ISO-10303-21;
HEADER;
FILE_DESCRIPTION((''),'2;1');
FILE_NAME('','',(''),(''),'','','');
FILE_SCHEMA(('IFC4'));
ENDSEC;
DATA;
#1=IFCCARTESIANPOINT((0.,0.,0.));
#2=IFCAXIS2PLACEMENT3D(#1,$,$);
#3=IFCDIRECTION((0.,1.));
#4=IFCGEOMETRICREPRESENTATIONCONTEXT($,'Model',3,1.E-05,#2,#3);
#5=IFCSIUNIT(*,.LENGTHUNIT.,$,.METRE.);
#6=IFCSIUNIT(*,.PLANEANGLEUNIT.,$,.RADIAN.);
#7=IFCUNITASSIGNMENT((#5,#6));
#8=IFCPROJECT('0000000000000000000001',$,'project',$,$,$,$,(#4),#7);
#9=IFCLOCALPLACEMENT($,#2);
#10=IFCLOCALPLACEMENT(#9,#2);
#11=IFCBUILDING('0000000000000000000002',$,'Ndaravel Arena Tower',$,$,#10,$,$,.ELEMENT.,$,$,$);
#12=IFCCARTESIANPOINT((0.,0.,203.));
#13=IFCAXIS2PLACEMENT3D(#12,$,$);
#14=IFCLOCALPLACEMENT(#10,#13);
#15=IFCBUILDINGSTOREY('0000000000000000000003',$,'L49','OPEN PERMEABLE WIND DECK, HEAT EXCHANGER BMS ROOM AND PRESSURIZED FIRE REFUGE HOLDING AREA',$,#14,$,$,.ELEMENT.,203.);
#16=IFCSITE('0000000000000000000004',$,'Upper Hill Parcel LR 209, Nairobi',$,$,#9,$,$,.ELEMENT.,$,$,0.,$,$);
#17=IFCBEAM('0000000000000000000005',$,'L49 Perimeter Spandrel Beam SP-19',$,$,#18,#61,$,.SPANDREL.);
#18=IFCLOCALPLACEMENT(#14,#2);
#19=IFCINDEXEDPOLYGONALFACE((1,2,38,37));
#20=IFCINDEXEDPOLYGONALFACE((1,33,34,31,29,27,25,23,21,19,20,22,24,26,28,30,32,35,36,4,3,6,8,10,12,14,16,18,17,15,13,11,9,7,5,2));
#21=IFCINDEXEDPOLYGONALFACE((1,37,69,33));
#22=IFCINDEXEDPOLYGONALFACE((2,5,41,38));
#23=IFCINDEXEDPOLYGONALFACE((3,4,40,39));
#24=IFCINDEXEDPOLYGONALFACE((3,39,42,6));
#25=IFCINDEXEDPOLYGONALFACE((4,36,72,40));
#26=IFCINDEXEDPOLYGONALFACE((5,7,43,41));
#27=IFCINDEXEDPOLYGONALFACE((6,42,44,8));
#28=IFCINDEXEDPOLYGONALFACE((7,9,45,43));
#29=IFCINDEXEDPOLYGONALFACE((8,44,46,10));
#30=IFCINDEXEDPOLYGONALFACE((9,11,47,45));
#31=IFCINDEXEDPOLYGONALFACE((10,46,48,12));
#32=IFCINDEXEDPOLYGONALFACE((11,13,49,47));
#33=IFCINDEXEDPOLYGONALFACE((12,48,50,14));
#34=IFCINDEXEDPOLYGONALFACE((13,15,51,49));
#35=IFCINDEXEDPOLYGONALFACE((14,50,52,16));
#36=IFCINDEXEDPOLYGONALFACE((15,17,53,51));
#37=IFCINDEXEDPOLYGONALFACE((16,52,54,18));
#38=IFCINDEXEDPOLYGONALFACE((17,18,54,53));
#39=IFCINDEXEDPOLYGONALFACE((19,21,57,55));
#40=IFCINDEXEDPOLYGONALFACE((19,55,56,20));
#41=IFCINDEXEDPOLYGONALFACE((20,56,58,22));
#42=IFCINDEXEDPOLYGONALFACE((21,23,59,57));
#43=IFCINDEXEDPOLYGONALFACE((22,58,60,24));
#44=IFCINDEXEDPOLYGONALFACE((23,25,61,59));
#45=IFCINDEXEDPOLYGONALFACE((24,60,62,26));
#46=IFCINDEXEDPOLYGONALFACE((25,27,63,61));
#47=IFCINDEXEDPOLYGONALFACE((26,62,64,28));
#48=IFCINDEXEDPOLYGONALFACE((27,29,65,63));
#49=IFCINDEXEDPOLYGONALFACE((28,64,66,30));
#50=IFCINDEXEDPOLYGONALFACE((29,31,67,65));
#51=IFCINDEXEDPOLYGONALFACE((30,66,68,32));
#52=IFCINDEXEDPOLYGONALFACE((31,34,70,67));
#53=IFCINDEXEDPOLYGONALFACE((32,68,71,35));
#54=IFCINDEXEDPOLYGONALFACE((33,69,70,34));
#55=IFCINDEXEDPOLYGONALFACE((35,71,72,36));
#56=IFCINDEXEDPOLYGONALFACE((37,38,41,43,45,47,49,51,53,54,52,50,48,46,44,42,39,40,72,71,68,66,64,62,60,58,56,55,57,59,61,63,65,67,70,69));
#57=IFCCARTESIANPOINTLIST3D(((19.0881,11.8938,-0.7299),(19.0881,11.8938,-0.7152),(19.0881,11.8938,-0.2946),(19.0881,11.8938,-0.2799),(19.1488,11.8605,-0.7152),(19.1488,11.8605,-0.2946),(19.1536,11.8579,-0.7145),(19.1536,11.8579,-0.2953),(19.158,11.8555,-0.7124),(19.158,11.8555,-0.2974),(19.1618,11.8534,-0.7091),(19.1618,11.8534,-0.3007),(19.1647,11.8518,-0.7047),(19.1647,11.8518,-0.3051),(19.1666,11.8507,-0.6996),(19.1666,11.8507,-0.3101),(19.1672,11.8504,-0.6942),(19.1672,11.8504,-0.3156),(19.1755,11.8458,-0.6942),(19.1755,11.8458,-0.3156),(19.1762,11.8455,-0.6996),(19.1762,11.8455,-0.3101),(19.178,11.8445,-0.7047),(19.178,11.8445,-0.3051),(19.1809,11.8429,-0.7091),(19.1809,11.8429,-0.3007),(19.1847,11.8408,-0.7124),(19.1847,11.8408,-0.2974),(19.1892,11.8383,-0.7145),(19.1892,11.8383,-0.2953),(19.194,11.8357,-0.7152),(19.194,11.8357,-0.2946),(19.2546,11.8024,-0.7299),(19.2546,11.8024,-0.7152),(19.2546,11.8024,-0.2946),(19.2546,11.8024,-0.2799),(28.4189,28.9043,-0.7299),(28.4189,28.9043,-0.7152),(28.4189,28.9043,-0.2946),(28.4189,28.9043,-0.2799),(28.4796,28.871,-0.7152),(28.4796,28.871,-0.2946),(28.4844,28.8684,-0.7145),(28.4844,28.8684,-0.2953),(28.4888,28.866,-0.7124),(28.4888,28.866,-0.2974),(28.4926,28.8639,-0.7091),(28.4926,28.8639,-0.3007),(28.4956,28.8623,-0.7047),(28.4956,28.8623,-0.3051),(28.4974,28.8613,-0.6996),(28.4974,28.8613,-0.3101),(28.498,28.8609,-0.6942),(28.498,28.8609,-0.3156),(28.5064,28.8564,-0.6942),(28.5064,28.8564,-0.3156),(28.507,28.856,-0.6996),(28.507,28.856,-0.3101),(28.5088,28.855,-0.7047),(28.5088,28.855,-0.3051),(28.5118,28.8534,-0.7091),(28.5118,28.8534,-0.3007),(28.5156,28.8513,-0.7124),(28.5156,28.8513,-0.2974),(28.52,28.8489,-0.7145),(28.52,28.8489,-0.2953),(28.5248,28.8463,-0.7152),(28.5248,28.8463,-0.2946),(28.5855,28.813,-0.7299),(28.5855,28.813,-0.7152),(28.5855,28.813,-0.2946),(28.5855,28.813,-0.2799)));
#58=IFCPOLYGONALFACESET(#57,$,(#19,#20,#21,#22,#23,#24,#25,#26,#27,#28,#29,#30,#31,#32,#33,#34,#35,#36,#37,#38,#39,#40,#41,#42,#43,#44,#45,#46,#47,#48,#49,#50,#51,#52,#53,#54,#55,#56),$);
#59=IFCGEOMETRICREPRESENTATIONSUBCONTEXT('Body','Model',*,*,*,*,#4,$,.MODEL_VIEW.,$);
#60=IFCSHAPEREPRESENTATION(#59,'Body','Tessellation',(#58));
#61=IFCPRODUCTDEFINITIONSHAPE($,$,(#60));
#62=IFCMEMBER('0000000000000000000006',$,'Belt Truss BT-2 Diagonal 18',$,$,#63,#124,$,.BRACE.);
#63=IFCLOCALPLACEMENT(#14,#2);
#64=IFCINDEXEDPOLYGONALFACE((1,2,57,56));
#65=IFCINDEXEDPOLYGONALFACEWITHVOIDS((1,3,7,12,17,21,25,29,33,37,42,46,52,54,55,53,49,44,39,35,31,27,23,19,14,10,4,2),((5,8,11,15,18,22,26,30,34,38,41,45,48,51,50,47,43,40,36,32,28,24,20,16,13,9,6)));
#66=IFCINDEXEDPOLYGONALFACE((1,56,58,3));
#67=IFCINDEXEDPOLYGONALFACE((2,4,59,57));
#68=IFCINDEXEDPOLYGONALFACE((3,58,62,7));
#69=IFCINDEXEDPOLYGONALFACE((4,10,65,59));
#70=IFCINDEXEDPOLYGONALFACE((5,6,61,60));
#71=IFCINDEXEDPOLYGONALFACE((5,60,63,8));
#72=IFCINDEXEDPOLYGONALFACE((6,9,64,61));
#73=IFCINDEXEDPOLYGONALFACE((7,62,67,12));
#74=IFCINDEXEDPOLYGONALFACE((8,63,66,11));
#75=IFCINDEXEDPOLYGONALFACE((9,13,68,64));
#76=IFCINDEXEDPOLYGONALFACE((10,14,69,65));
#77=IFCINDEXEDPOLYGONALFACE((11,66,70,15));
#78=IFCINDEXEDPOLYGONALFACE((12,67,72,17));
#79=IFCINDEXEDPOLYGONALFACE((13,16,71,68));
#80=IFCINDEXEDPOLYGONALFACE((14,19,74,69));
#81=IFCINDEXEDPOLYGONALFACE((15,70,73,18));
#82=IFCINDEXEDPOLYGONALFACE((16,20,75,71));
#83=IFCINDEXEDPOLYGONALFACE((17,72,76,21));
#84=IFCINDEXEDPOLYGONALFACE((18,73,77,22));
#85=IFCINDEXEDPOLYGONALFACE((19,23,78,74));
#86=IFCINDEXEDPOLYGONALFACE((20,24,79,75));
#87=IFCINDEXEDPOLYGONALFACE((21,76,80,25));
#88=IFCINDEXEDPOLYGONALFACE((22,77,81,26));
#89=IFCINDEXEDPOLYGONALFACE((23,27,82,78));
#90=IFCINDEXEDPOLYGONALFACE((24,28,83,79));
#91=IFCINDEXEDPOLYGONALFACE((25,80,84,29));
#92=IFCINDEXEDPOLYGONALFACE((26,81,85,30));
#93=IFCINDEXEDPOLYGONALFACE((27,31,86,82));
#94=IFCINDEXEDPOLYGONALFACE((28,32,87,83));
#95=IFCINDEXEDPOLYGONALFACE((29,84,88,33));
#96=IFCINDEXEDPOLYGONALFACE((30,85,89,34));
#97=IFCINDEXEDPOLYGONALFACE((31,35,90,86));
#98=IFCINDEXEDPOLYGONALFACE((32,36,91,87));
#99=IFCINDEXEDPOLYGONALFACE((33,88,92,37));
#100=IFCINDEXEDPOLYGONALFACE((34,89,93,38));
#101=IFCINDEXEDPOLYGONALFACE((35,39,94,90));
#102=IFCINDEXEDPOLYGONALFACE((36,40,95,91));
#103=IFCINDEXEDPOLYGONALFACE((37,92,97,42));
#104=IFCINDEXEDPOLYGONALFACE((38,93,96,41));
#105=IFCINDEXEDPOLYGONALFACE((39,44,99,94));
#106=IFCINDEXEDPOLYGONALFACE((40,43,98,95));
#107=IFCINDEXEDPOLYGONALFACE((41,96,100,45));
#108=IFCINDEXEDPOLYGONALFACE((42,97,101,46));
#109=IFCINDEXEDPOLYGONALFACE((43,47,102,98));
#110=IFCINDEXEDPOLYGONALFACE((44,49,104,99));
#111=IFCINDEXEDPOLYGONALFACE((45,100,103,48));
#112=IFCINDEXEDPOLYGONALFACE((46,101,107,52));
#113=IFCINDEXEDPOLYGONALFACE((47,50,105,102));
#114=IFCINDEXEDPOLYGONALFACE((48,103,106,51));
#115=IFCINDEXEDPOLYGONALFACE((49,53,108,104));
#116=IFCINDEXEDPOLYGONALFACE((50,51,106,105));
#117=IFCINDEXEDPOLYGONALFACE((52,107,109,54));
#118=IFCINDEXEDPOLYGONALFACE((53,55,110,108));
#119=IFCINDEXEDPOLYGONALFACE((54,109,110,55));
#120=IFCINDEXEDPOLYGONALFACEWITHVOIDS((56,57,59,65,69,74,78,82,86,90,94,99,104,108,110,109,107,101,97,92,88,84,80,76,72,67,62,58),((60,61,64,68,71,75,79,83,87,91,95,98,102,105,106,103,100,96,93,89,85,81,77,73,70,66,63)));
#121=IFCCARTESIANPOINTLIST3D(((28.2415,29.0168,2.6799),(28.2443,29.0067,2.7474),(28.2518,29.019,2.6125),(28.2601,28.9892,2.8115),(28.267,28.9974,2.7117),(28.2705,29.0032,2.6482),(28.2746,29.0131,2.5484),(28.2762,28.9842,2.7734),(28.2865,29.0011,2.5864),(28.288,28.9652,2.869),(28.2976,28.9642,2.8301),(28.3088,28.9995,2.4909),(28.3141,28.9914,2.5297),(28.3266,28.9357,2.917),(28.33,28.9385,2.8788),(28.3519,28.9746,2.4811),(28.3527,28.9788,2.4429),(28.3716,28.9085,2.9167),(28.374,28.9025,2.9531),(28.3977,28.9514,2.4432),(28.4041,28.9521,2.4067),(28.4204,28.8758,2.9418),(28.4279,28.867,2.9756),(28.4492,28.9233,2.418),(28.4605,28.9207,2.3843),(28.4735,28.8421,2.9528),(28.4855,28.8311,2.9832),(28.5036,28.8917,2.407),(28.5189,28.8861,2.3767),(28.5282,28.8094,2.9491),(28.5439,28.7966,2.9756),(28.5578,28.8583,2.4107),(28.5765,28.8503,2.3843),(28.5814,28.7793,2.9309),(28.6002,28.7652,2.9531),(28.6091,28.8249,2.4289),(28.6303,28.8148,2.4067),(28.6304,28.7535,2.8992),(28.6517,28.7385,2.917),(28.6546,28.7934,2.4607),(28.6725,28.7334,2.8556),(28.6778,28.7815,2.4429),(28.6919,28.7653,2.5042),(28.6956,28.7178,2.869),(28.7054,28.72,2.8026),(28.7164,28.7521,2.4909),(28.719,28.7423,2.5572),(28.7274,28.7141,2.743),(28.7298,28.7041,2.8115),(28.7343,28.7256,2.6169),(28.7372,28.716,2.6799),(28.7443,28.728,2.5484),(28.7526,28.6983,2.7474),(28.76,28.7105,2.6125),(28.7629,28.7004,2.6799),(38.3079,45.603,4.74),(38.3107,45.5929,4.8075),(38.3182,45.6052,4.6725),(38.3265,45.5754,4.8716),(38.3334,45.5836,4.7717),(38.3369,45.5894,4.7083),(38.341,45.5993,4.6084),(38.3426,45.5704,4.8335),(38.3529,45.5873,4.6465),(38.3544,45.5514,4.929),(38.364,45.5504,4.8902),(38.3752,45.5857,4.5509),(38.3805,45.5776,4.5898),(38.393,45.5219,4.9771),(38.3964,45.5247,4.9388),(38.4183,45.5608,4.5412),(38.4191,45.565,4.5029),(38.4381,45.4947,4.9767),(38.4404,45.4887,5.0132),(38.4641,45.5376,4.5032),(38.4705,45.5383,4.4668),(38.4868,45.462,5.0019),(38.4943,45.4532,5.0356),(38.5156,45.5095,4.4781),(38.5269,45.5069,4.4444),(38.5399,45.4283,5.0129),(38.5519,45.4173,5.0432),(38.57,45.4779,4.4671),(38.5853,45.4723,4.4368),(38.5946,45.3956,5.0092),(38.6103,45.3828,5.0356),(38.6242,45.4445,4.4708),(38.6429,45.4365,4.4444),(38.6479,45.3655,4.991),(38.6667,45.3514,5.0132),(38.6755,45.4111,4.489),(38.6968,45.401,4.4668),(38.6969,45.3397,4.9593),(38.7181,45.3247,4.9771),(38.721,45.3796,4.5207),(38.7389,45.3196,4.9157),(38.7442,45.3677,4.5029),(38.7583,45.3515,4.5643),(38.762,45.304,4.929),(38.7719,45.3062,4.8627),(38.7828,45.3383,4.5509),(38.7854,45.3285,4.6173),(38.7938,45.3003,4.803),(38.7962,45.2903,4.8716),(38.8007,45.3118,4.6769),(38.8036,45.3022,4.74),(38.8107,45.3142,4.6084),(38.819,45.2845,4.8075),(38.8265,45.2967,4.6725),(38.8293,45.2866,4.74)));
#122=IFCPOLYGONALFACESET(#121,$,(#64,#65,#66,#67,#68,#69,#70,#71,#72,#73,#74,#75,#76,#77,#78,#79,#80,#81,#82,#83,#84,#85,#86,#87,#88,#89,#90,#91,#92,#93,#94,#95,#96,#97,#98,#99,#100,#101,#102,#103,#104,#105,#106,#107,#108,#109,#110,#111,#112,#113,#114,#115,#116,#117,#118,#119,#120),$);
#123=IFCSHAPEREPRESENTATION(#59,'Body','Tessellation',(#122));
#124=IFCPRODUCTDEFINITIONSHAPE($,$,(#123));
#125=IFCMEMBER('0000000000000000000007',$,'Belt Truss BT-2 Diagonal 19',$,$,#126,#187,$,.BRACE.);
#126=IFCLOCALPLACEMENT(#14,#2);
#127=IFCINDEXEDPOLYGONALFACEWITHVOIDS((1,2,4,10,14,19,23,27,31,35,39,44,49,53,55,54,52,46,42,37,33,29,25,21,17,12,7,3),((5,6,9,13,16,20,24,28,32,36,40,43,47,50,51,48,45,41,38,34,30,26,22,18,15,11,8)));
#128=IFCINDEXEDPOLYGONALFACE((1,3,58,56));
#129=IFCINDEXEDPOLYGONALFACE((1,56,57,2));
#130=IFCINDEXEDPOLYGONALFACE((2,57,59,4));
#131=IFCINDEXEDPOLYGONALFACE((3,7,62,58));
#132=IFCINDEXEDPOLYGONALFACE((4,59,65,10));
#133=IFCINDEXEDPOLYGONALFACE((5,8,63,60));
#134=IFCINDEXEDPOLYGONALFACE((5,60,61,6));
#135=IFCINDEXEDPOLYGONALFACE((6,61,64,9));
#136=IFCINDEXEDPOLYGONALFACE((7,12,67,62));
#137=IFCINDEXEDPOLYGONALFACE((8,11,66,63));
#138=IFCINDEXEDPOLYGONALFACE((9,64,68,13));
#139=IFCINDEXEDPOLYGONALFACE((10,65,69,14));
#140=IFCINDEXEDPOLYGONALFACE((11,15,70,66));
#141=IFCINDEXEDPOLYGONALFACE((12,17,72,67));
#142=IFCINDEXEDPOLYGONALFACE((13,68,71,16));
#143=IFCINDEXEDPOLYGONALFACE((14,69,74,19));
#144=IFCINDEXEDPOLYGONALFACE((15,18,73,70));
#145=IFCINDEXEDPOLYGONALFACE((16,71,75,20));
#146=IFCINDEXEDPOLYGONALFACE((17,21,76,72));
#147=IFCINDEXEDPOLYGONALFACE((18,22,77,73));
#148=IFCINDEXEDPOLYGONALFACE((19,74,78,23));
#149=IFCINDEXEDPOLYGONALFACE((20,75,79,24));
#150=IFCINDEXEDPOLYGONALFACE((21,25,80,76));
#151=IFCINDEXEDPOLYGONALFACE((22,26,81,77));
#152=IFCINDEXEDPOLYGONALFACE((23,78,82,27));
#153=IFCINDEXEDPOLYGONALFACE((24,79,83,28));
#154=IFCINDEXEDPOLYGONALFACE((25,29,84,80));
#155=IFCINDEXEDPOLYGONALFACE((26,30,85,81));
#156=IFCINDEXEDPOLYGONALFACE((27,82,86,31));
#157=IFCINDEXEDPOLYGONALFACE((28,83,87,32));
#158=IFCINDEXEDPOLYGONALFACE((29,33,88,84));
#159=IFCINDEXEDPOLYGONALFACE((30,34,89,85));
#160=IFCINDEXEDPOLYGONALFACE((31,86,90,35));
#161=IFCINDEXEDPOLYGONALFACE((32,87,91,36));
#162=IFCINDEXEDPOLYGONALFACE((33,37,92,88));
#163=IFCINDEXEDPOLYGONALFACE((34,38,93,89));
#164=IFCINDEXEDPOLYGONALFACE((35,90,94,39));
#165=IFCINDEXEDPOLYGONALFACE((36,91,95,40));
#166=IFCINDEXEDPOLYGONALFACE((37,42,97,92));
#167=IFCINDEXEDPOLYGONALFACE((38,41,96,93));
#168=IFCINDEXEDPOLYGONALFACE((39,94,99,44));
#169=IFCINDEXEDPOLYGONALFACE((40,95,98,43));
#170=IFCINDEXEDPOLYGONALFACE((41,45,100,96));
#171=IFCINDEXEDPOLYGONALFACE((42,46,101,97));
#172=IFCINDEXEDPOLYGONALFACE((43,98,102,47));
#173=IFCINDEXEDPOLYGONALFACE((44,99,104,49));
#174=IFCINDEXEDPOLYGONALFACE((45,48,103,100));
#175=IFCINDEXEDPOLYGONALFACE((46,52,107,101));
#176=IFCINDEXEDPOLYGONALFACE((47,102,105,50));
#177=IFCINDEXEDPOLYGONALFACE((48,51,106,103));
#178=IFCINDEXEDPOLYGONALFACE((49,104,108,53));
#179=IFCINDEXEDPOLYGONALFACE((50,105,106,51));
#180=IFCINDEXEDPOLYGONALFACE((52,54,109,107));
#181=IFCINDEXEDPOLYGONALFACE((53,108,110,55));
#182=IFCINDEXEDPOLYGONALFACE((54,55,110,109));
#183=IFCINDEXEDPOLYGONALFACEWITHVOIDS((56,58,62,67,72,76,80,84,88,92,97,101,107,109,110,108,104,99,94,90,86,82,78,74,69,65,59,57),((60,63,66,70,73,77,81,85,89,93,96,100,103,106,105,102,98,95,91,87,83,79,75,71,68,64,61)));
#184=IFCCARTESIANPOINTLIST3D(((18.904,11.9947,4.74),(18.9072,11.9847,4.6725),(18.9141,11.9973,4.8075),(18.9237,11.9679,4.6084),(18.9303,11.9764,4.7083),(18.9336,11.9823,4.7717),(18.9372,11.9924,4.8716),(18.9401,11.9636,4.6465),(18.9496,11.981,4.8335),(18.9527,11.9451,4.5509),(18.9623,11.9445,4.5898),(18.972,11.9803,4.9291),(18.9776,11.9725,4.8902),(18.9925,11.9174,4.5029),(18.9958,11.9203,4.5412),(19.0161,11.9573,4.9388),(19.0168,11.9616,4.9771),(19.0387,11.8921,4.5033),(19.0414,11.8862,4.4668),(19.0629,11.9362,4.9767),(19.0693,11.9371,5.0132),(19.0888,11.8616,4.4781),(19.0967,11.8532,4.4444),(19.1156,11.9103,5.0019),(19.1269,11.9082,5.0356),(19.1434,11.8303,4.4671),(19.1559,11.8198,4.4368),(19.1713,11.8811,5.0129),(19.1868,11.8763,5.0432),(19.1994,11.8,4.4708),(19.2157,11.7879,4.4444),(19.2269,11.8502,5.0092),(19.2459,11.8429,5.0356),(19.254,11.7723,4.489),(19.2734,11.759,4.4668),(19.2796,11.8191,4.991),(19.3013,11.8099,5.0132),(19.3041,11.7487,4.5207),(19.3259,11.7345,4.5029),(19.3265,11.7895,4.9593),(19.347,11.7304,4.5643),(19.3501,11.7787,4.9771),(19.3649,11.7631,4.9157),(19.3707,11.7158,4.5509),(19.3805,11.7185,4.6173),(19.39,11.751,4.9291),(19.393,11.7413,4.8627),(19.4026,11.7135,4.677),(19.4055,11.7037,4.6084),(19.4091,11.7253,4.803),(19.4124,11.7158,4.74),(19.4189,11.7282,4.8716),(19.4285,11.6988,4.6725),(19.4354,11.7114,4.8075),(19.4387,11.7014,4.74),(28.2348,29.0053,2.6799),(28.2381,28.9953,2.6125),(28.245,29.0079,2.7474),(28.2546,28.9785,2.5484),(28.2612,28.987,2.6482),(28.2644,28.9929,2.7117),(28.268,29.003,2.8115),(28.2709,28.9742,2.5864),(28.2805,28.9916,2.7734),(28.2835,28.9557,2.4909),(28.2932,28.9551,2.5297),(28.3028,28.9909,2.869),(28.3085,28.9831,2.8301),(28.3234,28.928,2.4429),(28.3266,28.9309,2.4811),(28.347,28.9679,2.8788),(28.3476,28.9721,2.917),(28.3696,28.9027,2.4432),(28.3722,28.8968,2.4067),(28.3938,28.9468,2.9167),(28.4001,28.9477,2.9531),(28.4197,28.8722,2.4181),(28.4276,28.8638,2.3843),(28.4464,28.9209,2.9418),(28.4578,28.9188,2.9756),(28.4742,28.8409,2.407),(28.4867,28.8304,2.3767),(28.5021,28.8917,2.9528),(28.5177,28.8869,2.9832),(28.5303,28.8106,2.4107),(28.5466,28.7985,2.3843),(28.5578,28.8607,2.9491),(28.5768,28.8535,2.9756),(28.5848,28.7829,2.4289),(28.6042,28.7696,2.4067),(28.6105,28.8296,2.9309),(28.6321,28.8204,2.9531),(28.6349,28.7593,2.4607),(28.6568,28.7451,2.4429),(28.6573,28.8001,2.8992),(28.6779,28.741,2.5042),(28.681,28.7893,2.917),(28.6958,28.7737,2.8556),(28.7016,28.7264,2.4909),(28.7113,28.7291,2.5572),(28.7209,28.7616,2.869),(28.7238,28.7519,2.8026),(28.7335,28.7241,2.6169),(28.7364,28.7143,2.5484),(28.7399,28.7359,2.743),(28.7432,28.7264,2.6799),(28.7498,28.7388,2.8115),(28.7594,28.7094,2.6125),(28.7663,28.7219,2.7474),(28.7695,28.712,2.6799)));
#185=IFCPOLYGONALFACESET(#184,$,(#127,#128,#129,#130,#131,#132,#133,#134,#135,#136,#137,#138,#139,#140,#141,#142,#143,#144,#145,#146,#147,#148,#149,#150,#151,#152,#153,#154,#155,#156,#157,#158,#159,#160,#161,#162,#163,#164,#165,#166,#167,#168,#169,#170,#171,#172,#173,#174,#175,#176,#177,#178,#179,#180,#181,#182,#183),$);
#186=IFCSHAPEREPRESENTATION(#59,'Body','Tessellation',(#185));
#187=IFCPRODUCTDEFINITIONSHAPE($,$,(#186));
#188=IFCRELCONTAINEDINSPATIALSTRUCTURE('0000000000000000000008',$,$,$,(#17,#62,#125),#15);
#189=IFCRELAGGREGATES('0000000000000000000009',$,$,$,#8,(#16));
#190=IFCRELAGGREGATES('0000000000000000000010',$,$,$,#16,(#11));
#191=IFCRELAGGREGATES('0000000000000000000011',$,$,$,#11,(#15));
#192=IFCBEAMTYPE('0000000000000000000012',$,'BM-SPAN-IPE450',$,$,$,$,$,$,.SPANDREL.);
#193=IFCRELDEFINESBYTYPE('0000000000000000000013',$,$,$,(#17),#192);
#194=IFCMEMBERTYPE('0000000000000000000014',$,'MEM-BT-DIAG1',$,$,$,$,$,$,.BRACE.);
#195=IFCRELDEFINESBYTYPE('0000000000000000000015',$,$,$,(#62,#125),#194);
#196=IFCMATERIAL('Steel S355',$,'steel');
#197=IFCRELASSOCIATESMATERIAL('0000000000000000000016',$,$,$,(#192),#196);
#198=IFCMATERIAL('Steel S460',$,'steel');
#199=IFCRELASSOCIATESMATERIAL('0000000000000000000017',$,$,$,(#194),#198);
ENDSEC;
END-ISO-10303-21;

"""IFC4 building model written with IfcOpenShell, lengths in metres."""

from ifc_helpers import new_model, si_unit, direction, frame, origin, origin_2d, place, context, subcontext, project, spatial, hollow_circle, i_section, extrude, material, material_profile, profile_set, type_object, element, save


model = new_model("IFC4")

# Units and contexts
model_context = context("Model", 3, precision=1e-05, world=origin(), true_north=direction((0.0, 1.0)))
body_context = subcontext(model_context, "Body", "Model", "MODEL_VIEW")
ifc_project = project(units=[si_unit("LENGTHUNIT", "METRE"), si_unit("PLANEANGLEUNIT", "RADIAN")], contexts=[model_context])

# Site, building, storey
site_placement = place(None, origin())
site = spatial("IfcSite", under=ifc_project, at=site_placement, Name="Upper Hill Parcel LR 209, Nairobi", CompositionType="ELEMENT", RefElevation=0.0)
building_placement = place(site_placement, origin())
building = spatial("IfcBuilding", under=site, at=building_placement, Name="Ndaravel Arena Tower", CompositionType="ELEMENT")
storey_placement = place(building_placement, frame((0.0, 0.0, 203.0)))
storey = spatial("IfcBuildingStorey", under=building, at=storey_placement, Name="L49", Description="OPEN PERMEABLE WIND DECK, HEAT EXCHANGER BMS ROOM AND PRESSURIZED FIRE REFUGE HOLDING AREA", CompositionType="ELEMENT", Elevation=203.0)

# Beam
ifc_material_1 = material(Name="Steel S355", Category="steel")
ifc_material_profile_1 = material_profile(ifc_material_1, i_section(OverallWidth=0.1899, OverallDepth=0.45, WebThickness=0.0095, FlangeThickness=0.0146, FilletRadius=0.021, at=origin_2d()), Name="IPE 450")
ifc_profile_set_1 = profile_set([ifc_material_profile_1], Name="Steel S355")
beam_type_1 = type_object("IfcBeamType", Name="BM-SPAN-IPE450", PredefinedType="SPANDREL", material=ifc_profile_set_1)
beam_1_placement = place(storey_placement, frame((28.5022, 28.8586, -0.5049), z_axis=(-0.480931, -0.876759, 0.0), x_axis=(0.876759, -0.480931, 0.0)))
element("IfcBeam", 1, at=beam_1_placement, inside=storey, type_object=beam_type_1, Name="L49 Perimeter Spandrel Beam SP-19", PredefinedType="SPANDREL", context=body_context, shape_type="SweptSolid", body=[
    extrude(i_section(OverallWidth=0.1899, OverallDepth=0.45, WebThickness=0.0095, FlangeThickness=0.0146, FilletRadius=0.021, at=origin_2d()), origin(), (0.0, 0.0, 1.0), 19.4016),
])

# Members
ifc_material_2 = material(Name="Steel S460", Category="steel")
ifc_material_profile_2 = material_profile(ifc_material_2, hollow_circle(Radius=0.3049, WallThickness=0.03, at=origin_2d()), Name="CHS 610x30")
ifc_profile_set_2 = profile_set([ifc_material_profile_2], Name="Steel S460")
member_type_1 = type_object("IfcMemberType", Name="MEM-BT-DIAG1", PredefinedType="BRACE", material=ifc_profile_set_2)
member_1_placement = place(storey_placement, frame((38.5686, 45.4448, 4.74), z_axis=(-0.515936, -0.850095, -0.105585), x_axis=(0.854874, -0.518836, 0.0)))
element("IfcMember", 2, at=member_1_placement, inside=storey, type_object=member_type_1, Name="Belt Truss BT-2 Diagonal 18", PredefinedType="BRACE", context=body_context, shape_type="SweptSolid", body=[
    extrude(hollow_circle(Radius=0.3049, WallThickness=0.03, at=origin_2d()), origin(), (0.0, 0.0, 1.0), 19.511),
])
member_2_placement = place(storey_placement, frame((28.5022, 28.8586, 2.6799), z_axis=(-0.478242, -0.871858, 0.105586), x_axis=(0.876759, -0.480931, 0.0)))
element("IfcMember", 3, at=member_2_placement, inside=storey, type_object=member_type_1, Name="Belt Truss BT-2 Diagonal 19", PredefinedType="BRACE", context=body_context, shape_type="SweptSolid", body=[
    extrude(hollow_circle(Radius=0.3049, WallThickness=0.03, at=origin_2d()), origin(), (0.0, 0.0, 1.0), 19.5107),
])

save(model, "model.ifc")
